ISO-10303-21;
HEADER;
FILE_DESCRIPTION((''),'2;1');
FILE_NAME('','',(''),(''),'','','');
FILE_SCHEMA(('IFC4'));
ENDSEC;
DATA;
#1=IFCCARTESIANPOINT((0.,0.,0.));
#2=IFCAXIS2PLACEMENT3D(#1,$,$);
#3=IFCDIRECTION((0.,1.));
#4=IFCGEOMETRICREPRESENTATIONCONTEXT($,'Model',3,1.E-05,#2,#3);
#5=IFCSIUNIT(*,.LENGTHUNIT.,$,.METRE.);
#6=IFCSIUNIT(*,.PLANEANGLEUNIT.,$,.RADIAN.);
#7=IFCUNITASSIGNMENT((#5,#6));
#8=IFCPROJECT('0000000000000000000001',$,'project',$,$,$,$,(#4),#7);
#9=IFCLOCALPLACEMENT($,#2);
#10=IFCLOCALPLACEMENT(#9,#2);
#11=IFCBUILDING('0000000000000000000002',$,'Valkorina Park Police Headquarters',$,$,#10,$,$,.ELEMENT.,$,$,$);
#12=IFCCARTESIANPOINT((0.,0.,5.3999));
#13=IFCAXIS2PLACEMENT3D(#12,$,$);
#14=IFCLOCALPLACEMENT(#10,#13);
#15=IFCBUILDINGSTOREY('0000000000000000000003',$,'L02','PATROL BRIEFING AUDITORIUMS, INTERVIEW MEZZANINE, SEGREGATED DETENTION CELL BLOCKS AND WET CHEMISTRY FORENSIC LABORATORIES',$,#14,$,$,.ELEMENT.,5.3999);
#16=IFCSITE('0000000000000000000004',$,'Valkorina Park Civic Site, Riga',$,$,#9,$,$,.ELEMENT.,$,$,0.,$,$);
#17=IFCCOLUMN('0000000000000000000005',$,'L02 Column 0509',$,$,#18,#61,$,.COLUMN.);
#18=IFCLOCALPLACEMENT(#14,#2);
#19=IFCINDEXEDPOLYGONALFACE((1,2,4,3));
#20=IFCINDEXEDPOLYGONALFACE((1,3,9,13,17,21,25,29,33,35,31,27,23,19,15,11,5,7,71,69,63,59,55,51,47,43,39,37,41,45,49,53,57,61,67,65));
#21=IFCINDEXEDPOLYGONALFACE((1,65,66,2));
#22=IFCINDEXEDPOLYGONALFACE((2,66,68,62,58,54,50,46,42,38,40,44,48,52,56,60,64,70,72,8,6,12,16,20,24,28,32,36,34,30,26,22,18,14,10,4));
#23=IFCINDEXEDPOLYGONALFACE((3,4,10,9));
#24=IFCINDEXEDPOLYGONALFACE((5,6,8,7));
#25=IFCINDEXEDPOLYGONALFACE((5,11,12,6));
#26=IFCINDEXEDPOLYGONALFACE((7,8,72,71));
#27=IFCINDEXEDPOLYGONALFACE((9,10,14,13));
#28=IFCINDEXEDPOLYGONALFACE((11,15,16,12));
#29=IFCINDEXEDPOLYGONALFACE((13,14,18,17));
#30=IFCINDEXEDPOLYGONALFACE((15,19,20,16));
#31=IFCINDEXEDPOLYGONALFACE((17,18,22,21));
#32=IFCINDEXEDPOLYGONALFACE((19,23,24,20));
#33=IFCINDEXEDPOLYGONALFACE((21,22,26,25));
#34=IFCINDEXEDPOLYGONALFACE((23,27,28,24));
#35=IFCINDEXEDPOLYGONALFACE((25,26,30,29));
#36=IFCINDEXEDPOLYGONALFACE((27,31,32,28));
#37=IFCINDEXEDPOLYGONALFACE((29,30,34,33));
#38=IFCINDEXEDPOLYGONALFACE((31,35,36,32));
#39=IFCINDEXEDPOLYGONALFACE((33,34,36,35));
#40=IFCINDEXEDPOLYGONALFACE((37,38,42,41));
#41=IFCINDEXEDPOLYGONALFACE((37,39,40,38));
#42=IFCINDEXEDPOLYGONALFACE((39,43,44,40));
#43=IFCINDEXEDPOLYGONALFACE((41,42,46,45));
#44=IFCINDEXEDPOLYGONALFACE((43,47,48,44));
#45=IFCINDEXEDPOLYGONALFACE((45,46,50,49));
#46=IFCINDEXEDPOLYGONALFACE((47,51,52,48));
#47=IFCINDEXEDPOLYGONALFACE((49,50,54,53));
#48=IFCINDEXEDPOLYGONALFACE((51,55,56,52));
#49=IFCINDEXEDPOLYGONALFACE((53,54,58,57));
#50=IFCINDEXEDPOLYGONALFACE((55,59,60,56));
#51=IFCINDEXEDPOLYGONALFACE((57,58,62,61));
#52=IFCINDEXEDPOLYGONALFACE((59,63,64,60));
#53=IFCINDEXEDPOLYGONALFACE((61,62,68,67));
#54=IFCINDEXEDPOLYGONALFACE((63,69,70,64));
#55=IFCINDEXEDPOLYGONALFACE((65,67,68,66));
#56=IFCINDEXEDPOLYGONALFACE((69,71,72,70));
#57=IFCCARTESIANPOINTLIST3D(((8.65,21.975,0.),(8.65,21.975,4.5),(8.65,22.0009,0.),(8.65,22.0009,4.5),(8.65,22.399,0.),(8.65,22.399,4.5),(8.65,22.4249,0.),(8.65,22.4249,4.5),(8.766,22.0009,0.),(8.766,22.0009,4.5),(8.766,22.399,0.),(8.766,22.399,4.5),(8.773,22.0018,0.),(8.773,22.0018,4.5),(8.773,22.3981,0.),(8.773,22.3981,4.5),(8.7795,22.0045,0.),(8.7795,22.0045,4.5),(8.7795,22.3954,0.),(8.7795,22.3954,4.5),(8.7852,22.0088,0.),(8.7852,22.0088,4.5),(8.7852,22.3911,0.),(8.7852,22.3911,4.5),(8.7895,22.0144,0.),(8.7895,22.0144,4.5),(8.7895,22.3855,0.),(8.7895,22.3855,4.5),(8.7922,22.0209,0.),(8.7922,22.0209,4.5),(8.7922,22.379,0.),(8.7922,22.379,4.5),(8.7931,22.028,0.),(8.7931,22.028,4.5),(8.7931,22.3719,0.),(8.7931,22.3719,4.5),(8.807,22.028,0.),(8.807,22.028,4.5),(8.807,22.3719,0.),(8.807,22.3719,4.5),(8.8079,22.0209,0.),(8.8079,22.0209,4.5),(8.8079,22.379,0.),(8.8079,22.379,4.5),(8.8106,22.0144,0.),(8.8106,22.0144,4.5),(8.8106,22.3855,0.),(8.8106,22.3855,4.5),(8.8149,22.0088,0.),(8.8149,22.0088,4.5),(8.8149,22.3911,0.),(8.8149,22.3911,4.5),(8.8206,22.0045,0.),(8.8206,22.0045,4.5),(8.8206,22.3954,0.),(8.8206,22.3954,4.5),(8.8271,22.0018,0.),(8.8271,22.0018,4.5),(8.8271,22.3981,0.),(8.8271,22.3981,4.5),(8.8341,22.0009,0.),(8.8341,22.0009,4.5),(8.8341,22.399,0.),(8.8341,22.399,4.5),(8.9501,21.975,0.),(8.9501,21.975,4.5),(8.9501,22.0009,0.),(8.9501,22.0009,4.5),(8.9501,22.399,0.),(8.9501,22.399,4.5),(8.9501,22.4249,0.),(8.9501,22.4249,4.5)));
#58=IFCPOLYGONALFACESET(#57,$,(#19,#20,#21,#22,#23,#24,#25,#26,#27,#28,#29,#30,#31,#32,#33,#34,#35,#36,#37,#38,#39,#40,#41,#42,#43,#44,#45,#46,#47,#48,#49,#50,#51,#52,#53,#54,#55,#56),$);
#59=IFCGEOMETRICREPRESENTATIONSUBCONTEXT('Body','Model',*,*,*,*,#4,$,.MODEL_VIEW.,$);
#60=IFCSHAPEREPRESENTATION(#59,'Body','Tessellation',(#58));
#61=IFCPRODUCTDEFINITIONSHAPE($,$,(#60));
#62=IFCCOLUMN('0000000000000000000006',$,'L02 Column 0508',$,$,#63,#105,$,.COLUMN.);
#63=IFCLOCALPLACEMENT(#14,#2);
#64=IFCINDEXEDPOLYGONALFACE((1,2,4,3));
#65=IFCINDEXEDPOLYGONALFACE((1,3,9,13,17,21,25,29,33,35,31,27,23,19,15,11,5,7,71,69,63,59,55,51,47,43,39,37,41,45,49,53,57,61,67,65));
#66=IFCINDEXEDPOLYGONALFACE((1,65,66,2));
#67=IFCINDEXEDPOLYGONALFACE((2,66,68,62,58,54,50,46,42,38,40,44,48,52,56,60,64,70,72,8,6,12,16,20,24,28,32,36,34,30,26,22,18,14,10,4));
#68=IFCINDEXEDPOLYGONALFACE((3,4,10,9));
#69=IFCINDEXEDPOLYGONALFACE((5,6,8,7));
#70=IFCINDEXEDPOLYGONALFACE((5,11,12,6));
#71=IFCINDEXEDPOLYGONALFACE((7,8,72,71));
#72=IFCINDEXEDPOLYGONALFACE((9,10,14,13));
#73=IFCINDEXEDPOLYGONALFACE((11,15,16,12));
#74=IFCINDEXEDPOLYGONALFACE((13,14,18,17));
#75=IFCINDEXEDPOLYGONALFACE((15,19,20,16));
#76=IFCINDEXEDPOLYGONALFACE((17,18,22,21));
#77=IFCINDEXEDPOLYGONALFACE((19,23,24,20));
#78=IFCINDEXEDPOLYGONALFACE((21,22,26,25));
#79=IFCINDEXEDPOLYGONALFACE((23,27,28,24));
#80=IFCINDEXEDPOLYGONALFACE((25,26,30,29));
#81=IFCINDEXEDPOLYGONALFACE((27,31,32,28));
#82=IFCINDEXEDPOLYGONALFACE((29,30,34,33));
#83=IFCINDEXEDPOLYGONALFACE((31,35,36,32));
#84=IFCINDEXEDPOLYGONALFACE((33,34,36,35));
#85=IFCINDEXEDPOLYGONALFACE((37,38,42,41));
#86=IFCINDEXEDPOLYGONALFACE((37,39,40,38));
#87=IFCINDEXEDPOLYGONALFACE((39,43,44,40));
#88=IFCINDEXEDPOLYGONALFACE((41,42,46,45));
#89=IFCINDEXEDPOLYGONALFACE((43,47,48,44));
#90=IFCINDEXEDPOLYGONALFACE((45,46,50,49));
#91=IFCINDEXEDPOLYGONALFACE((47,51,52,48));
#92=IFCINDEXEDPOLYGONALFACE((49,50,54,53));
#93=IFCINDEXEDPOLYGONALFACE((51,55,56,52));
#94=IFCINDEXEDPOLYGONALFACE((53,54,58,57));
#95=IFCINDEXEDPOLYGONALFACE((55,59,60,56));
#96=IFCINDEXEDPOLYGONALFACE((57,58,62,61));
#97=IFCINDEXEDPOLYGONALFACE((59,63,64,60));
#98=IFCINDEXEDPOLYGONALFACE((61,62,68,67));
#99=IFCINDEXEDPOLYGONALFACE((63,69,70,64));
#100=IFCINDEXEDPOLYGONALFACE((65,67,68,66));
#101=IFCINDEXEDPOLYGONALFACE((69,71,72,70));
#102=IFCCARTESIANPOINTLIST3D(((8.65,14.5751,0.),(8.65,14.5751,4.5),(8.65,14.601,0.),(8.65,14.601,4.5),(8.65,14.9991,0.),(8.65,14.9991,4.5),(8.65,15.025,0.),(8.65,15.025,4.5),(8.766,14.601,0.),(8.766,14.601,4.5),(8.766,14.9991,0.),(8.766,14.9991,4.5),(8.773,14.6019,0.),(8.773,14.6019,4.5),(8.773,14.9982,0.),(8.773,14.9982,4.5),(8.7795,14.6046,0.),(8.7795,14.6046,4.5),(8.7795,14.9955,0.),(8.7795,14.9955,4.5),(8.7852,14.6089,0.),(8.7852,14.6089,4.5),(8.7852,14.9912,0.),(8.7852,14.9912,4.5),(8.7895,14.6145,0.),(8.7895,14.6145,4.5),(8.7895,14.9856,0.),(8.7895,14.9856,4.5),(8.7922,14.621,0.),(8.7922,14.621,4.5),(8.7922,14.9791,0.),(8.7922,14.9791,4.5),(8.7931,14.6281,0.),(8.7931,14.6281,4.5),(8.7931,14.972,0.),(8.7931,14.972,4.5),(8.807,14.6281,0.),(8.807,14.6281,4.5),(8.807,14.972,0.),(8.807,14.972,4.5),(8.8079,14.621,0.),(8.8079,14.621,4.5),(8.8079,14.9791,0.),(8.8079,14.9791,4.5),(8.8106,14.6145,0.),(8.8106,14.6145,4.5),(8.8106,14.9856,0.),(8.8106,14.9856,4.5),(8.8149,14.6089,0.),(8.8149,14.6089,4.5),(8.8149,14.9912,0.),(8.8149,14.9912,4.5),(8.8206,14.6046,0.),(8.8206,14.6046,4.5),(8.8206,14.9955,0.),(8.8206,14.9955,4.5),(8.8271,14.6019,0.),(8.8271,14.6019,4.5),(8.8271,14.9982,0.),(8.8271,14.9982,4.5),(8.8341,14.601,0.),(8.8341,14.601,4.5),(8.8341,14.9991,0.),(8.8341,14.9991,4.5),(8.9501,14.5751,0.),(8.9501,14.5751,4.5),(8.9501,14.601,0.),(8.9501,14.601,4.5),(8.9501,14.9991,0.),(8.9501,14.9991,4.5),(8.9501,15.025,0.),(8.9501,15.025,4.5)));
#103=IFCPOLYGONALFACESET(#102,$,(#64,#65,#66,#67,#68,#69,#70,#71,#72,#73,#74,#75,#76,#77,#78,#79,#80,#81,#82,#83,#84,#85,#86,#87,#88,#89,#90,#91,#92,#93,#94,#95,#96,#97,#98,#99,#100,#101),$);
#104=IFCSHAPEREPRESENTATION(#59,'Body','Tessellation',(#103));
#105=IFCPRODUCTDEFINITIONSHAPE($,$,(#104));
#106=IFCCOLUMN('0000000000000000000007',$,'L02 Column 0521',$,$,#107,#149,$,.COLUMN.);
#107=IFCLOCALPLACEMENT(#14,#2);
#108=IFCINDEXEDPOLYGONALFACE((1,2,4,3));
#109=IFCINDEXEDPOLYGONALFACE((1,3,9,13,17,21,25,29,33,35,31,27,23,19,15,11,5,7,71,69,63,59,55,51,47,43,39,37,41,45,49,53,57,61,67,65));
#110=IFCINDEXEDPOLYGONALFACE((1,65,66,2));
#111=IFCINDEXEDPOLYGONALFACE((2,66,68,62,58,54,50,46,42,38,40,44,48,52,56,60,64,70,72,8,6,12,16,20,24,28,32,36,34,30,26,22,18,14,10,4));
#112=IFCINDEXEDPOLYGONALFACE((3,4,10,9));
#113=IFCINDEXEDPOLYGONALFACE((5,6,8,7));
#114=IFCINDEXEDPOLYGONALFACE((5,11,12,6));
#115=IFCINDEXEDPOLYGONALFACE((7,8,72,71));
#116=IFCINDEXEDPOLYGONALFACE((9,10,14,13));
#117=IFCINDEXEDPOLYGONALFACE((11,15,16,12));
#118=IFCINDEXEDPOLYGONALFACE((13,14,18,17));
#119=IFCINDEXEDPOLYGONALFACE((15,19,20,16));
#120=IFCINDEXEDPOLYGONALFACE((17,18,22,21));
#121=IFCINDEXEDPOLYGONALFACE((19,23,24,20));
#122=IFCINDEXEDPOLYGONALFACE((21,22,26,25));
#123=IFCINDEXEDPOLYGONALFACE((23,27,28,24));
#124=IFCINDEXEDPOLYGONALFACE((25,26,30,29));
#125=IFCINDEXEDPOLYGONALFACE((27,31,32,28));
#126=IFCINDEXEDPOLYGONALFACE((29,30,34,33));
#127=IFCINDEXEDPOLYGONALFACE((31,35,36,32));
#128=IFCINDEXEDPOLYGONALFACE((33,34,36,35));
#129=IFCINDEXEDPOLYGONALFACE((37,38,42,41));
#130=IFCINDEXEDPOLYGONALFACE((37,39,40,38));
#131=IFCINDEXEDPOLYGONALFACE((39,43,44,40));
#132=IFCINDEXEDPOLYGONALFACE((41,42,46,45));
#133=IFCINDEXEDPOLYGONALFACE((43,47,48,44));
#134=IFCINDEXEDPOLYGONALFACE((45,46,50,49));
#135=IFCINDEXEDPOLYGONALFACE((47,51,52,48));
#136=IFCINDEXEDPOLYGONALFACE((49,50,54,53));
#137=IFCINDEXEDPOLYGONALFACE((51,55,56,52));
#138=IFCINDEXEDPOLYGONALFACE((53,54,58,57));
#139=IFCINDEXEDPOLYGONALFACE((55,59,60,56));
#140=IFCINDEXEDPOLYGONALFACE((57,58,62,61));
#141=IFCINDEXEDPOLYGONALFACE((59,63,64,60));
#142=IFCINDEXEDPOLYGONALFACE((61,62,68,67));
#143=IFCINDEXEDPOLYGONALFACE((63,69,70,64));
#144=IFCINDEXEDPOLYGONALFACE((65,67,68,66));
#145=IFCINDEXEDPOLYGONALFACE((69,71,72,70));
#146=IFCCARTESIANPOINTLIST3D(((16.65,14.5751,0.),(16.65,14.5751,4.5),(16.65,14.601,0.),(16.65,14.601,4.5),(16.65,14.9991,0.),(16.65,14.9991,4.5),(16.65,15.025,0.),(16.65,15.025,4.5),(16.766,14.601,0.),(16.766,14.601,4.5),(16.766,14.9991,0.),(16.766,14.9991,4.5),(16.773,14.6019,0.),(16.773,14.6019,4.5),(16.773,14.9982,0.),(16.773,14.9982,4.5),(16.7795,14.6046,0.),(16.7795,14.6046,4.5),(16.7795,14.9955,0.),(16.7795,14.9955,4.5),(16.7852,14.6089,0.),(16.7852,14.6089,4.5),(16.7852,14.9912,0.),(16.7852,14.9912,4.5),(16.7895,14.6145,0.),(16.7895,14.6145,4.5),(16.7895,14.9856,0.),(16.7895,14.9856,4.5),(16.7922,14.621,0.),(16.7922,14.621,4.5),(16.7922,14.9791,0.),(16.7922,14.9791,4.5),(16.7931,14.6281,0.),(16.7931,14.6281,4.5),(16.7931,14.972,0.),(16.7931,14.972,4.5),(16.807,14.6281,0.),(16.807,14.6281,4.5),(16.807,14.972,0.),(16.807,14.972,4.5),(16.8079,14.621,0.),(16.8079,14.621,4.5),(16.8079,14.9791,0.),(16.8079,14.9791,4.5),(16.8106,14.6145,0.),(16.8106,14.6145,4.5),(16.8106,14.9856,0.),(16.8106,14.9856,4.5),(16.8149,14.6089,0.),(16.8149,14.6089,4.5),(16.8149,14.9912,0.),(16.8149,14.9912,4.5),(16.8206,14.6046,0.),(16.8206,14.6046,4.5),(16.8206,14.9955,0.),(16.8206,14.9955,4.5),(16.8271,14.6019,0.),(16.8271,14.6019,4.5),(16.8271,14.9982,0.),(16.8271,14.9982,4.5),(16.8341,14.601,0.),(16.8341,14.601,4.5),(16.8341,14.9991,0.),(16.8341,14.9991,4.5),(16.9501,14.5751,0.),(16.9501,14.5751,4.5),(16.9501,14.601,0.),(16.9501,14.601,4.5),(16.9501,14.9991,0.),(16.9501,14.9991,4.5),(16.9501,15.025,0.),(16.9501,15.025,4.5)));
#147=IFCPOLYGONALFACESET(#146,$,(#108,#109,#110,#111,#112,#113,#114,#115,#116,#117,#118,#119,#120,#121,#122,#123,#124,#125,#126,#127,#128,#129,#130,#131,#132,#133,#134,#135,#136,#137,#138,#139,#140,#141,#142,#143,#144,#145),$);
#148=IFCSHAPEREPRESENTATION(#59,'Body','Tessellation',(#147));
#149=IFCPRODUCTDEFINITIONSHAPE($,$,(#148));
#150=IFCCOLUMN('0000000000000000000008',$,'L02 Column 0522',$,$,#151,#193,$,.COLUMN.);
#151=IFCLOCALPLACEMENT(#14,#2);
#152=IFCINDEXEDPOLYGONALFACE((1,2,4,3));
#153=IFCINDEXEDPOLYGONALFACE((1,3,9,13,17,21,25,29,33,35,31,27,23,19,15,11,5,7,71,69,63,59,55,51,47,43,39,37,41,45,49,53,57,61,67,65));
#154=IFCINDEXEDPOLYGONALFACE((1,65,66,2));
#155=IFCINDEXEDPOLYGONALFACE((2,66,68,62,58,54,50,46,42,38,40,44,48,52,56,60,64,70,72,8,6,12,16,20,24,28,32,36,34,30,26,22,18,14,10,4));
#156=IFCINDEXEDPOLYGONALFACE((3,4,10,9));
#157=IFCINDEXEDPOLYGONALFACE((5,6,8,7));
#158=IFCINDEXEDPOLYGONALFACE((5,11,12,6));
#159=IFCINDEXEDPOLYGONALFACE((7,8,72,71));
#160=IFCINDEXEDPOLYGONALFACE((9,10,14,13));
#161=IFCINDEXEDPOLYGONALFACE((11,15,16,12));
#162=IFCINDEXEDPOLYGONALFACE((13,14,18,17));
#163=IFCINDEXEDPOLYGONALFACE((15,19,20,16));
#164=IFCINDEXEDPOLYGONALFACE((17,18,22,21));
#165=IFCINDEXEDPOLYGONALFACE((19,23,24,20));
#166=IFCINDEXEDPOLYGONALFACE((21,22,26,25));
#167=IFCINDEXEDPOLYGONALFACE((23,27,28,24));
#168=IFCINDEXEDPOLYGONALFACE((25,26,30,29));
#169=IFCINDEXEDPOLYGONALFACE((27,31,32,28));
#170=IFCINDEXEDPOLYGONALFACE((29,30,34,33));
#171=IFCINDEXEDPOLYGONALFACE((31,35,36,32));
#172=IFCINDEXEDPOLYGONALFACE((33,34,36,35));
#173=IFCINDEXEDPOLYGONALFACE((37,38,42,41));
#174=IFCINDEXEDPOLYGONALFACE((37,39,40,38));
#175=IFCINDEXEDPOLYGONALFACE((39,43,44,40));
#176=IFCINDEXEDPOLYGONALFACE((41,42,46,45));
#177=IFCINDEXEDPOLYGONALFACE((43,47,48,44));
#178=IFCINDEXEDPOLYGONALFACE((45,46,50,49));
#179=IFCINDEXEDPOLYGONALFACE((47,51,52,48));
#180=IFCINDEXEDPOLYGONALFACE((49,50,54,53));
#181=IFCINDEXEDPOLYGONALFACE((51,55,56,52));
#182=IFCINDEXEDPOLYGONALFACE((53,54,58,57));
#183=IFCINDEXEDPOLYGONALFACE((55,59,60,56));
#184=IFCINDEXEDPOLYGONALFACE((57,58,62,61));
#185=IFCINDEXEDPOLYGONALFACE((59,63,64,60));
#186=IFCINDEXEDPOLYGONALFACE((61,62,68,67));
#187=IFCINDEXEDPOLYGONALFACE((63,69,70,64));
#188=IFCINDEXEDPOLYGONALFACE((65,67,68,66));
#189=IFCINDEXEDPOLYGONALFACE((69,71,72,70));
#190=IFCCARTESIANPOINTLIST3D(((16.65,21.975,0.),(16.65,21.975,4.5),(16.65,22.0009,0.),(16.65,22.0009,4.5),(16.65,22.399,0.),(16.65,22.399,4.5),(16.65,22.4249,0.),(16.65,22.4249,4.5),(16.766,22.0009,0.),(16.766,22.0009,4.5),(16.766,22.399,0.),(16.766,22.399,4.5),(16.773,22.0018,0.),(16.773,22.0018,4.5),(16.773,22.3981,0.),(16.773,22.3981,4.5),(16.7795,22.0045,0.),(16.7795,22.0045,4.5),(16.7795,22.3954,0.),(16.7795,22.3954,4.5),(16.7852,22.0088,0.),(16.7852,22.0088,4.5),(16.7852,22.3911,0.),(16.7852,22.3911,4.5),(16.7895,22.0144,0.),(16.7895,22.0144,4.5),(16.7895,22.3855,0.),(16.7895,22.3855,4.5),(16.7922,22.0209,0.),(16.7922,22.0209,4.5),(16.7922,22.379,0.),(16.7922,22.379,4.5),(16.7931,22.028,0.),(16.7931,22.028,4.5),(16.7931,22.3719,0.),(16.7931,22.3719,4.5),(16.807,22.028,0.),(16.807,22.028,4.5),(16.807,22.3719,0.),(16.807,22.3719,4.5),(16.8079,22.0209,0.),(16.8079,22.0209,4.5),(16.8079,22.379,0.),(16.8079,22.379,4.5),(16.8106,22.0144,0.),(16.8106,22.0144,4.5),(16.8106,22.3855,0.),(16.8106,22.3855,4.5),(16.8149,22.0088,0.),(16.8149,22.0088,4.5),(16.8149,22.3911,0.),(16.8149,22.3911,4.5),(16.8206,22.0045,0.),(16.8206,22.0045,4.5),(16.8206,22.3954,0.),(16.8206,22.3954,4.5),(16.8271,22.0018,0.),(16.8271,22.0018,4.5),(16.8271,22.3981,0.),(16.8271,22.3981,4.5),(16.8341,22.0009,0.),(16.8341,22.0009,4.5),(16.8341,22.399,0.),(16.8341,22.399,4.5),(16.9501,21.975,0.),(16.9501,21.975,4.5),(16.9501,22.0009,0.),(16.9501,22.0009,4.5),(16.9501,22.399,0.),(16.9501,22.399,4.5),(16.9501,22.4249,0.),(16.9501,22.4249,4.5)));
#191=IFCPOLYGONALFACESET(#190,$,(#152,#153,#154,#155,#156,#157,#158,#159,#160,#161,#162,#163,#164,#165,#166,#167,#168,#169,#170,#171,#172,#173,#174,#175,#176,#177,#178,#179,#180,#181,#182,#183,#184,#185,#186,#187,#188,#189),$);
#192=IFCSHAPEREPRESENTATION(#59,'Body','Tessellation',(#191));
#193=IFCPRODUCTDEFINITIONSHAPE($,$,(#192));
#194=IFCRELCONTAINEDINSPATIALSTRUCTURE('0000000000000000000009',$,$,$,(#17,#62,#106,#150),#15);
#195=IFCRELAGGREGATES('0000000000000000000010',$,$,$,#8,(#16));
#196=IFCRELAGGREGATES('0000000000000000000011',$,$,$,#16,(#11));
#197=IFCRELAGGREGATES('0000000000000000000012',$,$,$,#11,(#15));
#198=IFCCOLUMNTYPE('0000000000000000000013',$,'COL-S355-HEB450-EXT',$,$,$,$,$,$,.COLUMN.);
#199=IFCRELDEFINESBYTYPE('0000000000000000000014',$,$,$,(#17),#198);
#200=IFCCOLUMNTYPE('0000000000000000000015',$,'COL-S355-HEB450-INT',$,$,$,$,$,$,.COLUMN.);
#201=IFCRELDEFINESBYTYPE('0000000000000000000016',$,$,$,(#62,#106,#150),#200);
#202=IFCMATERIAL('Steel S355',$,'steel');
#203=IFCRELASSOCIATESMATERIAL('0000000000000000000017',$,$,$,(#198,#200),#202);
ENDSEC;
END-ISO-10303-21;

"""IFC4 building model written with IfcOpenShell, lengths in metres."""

from ifc_helpers import new_model, si_unit, direction, frame, origin, origin_2d, place, context, subcontext, project, spatial, i_section, extrude, material, material_profile, profile_set, type_object, element, save


model = new_model("IFC4")

# Units and contexts
model_context = context("Model", 3, precision=1e-05, world=origin(), true_north=direction((0.0, 1.0)))
body_context = subcontext(model_context, "Body", "Model", "MODEL_VIEW")
ifc_project = project(units=[si_unit("LENGTHUNIT", "METRE"), si_unit("PLANEANGLEUNIT", "RADIAN")], contexts=[model_context])

# Site, building, storey
site_placement = place(None, origin())
site = spatial("IfcSite", under=ifc_project, at=site_placement, Name="Valkorina Park Civic Site, Riga", CompositionType="ELEMENT", RefElevation=0.0)
building_placement = place(site_placement, origin())
building = spatial("IfcBuilding", under=site, at=building_placement, Name="Valkorina Park Police Headquarters", CompositionType="ELEMENT")
storey_placement = place(building_placement, frame((0.0, 0.0, 5.3999)))
storey = spatial("IfcBuildingStorey", under=building, at=storey_placement, Name="L02", Description="PATROL BRIEFING AUDITORIUMS, INTERVIEW MEZZANINE, SEGREGATED DETENTION CELL BLOCKS AND WET CHEMISTRY FORENSIC LABORATORIES", CompositionType="ELEMENT", Elevation=5.3999)

# Columns
ifc_material_1 = material(Name="Steel S355", Category="steel")
ifc_material_profile_1 = material_profile(ifc_material_1, i_section(OverallWidth=0.3, OverallDepth=0.45, WebThickness=0.0139, FlangeThickness=0.0259, FilletRadius=0.0271, at=origin_2d()), Name="HEB 450")
ifc_profile_set_1 = profile_set([ifc_material_profile_1], Name="Steel S355")
column_type_1 = type_object("IfcColumnType", Name="COL-S355-HEB450-EXT", PredefinedType="COLUMN", material=ifc_profile_set_1)
column_placement = place(storey_placement, frame((8.8, 22.2, 0.0), z_axis=(0.0, 0.0, 1.0), x_axis=(1.0, 0.0, 0.0)))
element("IfcColumn", 1, at=column_placement, inside=storey, type_object=column_type_1, Name="L02 Column 0509", PredefinedType="COLUMN", context=body_context, shape_type="SweptSolid", body=[
    extrude(i_section(OverallWidth=0.3, OverallDepth=0.45, WebThickness=0.0139, FlangeThickness=0.0259, FilletRadius=0.0271, at=origin_2d()), origin(), (0.0, 0.0, 1.0), 4.5),
])
ifc_material_profile_2 = material_profile(ifc_material_1, i_section(OverallWidth=0.3, OverallDepth=0.45, WebThickness=0.0139, FlangeThickness=0.0259, FilletRadius=0.0271, at=origin_2d()), Name="HEB 450")
ifc_profile_set_2 = profile_set([ifc_material_profile_2], Name="Steel S355")
column_type_2 = type_object("IfcColumnType", Name="COL-S355-HEB450-INT", PredefinedType="COLUMN", material=ifc_profile_set_2)
for number, where, z_axis, x_axis, name in (
    (2, (8.8, 14.8, 0.0), (0.0, 0.0, 1.0), (1.0, 0.0, 0.0), "L02 Column 0508"),
    (3, (16.8, 14.8, 0.0), (0.0, 0.0, 1.0), (1.0, 0.0, 0.0), "L02 Column 0521"),
    (4, (16.8, 22.2, 0.0), (0.0, 0.0, 1.0), (1.0, 0.0, 0.0), "L02 Column 0522"),
):
    element("IfcColumn", number, at=place(storey_placement, frame(where, z_axis=z_axis, x_axis=x_axis)), inside=storey, type_object=column_type_2, Name=name, PredefinedType="COLUMN", context=body_context, shape_type="SweptSolid", body=[
        extrude(i_section(OverallWidth=0.3, OverallDepth=0.45, WebThickness=0.0139, FlangeThickness=0.0259, FilletRadius=0.0271, at=origin_2d()), origin(), (0.0, 0.0, 1.0), 4.5),
    ])

save(model, "model.ifc")
